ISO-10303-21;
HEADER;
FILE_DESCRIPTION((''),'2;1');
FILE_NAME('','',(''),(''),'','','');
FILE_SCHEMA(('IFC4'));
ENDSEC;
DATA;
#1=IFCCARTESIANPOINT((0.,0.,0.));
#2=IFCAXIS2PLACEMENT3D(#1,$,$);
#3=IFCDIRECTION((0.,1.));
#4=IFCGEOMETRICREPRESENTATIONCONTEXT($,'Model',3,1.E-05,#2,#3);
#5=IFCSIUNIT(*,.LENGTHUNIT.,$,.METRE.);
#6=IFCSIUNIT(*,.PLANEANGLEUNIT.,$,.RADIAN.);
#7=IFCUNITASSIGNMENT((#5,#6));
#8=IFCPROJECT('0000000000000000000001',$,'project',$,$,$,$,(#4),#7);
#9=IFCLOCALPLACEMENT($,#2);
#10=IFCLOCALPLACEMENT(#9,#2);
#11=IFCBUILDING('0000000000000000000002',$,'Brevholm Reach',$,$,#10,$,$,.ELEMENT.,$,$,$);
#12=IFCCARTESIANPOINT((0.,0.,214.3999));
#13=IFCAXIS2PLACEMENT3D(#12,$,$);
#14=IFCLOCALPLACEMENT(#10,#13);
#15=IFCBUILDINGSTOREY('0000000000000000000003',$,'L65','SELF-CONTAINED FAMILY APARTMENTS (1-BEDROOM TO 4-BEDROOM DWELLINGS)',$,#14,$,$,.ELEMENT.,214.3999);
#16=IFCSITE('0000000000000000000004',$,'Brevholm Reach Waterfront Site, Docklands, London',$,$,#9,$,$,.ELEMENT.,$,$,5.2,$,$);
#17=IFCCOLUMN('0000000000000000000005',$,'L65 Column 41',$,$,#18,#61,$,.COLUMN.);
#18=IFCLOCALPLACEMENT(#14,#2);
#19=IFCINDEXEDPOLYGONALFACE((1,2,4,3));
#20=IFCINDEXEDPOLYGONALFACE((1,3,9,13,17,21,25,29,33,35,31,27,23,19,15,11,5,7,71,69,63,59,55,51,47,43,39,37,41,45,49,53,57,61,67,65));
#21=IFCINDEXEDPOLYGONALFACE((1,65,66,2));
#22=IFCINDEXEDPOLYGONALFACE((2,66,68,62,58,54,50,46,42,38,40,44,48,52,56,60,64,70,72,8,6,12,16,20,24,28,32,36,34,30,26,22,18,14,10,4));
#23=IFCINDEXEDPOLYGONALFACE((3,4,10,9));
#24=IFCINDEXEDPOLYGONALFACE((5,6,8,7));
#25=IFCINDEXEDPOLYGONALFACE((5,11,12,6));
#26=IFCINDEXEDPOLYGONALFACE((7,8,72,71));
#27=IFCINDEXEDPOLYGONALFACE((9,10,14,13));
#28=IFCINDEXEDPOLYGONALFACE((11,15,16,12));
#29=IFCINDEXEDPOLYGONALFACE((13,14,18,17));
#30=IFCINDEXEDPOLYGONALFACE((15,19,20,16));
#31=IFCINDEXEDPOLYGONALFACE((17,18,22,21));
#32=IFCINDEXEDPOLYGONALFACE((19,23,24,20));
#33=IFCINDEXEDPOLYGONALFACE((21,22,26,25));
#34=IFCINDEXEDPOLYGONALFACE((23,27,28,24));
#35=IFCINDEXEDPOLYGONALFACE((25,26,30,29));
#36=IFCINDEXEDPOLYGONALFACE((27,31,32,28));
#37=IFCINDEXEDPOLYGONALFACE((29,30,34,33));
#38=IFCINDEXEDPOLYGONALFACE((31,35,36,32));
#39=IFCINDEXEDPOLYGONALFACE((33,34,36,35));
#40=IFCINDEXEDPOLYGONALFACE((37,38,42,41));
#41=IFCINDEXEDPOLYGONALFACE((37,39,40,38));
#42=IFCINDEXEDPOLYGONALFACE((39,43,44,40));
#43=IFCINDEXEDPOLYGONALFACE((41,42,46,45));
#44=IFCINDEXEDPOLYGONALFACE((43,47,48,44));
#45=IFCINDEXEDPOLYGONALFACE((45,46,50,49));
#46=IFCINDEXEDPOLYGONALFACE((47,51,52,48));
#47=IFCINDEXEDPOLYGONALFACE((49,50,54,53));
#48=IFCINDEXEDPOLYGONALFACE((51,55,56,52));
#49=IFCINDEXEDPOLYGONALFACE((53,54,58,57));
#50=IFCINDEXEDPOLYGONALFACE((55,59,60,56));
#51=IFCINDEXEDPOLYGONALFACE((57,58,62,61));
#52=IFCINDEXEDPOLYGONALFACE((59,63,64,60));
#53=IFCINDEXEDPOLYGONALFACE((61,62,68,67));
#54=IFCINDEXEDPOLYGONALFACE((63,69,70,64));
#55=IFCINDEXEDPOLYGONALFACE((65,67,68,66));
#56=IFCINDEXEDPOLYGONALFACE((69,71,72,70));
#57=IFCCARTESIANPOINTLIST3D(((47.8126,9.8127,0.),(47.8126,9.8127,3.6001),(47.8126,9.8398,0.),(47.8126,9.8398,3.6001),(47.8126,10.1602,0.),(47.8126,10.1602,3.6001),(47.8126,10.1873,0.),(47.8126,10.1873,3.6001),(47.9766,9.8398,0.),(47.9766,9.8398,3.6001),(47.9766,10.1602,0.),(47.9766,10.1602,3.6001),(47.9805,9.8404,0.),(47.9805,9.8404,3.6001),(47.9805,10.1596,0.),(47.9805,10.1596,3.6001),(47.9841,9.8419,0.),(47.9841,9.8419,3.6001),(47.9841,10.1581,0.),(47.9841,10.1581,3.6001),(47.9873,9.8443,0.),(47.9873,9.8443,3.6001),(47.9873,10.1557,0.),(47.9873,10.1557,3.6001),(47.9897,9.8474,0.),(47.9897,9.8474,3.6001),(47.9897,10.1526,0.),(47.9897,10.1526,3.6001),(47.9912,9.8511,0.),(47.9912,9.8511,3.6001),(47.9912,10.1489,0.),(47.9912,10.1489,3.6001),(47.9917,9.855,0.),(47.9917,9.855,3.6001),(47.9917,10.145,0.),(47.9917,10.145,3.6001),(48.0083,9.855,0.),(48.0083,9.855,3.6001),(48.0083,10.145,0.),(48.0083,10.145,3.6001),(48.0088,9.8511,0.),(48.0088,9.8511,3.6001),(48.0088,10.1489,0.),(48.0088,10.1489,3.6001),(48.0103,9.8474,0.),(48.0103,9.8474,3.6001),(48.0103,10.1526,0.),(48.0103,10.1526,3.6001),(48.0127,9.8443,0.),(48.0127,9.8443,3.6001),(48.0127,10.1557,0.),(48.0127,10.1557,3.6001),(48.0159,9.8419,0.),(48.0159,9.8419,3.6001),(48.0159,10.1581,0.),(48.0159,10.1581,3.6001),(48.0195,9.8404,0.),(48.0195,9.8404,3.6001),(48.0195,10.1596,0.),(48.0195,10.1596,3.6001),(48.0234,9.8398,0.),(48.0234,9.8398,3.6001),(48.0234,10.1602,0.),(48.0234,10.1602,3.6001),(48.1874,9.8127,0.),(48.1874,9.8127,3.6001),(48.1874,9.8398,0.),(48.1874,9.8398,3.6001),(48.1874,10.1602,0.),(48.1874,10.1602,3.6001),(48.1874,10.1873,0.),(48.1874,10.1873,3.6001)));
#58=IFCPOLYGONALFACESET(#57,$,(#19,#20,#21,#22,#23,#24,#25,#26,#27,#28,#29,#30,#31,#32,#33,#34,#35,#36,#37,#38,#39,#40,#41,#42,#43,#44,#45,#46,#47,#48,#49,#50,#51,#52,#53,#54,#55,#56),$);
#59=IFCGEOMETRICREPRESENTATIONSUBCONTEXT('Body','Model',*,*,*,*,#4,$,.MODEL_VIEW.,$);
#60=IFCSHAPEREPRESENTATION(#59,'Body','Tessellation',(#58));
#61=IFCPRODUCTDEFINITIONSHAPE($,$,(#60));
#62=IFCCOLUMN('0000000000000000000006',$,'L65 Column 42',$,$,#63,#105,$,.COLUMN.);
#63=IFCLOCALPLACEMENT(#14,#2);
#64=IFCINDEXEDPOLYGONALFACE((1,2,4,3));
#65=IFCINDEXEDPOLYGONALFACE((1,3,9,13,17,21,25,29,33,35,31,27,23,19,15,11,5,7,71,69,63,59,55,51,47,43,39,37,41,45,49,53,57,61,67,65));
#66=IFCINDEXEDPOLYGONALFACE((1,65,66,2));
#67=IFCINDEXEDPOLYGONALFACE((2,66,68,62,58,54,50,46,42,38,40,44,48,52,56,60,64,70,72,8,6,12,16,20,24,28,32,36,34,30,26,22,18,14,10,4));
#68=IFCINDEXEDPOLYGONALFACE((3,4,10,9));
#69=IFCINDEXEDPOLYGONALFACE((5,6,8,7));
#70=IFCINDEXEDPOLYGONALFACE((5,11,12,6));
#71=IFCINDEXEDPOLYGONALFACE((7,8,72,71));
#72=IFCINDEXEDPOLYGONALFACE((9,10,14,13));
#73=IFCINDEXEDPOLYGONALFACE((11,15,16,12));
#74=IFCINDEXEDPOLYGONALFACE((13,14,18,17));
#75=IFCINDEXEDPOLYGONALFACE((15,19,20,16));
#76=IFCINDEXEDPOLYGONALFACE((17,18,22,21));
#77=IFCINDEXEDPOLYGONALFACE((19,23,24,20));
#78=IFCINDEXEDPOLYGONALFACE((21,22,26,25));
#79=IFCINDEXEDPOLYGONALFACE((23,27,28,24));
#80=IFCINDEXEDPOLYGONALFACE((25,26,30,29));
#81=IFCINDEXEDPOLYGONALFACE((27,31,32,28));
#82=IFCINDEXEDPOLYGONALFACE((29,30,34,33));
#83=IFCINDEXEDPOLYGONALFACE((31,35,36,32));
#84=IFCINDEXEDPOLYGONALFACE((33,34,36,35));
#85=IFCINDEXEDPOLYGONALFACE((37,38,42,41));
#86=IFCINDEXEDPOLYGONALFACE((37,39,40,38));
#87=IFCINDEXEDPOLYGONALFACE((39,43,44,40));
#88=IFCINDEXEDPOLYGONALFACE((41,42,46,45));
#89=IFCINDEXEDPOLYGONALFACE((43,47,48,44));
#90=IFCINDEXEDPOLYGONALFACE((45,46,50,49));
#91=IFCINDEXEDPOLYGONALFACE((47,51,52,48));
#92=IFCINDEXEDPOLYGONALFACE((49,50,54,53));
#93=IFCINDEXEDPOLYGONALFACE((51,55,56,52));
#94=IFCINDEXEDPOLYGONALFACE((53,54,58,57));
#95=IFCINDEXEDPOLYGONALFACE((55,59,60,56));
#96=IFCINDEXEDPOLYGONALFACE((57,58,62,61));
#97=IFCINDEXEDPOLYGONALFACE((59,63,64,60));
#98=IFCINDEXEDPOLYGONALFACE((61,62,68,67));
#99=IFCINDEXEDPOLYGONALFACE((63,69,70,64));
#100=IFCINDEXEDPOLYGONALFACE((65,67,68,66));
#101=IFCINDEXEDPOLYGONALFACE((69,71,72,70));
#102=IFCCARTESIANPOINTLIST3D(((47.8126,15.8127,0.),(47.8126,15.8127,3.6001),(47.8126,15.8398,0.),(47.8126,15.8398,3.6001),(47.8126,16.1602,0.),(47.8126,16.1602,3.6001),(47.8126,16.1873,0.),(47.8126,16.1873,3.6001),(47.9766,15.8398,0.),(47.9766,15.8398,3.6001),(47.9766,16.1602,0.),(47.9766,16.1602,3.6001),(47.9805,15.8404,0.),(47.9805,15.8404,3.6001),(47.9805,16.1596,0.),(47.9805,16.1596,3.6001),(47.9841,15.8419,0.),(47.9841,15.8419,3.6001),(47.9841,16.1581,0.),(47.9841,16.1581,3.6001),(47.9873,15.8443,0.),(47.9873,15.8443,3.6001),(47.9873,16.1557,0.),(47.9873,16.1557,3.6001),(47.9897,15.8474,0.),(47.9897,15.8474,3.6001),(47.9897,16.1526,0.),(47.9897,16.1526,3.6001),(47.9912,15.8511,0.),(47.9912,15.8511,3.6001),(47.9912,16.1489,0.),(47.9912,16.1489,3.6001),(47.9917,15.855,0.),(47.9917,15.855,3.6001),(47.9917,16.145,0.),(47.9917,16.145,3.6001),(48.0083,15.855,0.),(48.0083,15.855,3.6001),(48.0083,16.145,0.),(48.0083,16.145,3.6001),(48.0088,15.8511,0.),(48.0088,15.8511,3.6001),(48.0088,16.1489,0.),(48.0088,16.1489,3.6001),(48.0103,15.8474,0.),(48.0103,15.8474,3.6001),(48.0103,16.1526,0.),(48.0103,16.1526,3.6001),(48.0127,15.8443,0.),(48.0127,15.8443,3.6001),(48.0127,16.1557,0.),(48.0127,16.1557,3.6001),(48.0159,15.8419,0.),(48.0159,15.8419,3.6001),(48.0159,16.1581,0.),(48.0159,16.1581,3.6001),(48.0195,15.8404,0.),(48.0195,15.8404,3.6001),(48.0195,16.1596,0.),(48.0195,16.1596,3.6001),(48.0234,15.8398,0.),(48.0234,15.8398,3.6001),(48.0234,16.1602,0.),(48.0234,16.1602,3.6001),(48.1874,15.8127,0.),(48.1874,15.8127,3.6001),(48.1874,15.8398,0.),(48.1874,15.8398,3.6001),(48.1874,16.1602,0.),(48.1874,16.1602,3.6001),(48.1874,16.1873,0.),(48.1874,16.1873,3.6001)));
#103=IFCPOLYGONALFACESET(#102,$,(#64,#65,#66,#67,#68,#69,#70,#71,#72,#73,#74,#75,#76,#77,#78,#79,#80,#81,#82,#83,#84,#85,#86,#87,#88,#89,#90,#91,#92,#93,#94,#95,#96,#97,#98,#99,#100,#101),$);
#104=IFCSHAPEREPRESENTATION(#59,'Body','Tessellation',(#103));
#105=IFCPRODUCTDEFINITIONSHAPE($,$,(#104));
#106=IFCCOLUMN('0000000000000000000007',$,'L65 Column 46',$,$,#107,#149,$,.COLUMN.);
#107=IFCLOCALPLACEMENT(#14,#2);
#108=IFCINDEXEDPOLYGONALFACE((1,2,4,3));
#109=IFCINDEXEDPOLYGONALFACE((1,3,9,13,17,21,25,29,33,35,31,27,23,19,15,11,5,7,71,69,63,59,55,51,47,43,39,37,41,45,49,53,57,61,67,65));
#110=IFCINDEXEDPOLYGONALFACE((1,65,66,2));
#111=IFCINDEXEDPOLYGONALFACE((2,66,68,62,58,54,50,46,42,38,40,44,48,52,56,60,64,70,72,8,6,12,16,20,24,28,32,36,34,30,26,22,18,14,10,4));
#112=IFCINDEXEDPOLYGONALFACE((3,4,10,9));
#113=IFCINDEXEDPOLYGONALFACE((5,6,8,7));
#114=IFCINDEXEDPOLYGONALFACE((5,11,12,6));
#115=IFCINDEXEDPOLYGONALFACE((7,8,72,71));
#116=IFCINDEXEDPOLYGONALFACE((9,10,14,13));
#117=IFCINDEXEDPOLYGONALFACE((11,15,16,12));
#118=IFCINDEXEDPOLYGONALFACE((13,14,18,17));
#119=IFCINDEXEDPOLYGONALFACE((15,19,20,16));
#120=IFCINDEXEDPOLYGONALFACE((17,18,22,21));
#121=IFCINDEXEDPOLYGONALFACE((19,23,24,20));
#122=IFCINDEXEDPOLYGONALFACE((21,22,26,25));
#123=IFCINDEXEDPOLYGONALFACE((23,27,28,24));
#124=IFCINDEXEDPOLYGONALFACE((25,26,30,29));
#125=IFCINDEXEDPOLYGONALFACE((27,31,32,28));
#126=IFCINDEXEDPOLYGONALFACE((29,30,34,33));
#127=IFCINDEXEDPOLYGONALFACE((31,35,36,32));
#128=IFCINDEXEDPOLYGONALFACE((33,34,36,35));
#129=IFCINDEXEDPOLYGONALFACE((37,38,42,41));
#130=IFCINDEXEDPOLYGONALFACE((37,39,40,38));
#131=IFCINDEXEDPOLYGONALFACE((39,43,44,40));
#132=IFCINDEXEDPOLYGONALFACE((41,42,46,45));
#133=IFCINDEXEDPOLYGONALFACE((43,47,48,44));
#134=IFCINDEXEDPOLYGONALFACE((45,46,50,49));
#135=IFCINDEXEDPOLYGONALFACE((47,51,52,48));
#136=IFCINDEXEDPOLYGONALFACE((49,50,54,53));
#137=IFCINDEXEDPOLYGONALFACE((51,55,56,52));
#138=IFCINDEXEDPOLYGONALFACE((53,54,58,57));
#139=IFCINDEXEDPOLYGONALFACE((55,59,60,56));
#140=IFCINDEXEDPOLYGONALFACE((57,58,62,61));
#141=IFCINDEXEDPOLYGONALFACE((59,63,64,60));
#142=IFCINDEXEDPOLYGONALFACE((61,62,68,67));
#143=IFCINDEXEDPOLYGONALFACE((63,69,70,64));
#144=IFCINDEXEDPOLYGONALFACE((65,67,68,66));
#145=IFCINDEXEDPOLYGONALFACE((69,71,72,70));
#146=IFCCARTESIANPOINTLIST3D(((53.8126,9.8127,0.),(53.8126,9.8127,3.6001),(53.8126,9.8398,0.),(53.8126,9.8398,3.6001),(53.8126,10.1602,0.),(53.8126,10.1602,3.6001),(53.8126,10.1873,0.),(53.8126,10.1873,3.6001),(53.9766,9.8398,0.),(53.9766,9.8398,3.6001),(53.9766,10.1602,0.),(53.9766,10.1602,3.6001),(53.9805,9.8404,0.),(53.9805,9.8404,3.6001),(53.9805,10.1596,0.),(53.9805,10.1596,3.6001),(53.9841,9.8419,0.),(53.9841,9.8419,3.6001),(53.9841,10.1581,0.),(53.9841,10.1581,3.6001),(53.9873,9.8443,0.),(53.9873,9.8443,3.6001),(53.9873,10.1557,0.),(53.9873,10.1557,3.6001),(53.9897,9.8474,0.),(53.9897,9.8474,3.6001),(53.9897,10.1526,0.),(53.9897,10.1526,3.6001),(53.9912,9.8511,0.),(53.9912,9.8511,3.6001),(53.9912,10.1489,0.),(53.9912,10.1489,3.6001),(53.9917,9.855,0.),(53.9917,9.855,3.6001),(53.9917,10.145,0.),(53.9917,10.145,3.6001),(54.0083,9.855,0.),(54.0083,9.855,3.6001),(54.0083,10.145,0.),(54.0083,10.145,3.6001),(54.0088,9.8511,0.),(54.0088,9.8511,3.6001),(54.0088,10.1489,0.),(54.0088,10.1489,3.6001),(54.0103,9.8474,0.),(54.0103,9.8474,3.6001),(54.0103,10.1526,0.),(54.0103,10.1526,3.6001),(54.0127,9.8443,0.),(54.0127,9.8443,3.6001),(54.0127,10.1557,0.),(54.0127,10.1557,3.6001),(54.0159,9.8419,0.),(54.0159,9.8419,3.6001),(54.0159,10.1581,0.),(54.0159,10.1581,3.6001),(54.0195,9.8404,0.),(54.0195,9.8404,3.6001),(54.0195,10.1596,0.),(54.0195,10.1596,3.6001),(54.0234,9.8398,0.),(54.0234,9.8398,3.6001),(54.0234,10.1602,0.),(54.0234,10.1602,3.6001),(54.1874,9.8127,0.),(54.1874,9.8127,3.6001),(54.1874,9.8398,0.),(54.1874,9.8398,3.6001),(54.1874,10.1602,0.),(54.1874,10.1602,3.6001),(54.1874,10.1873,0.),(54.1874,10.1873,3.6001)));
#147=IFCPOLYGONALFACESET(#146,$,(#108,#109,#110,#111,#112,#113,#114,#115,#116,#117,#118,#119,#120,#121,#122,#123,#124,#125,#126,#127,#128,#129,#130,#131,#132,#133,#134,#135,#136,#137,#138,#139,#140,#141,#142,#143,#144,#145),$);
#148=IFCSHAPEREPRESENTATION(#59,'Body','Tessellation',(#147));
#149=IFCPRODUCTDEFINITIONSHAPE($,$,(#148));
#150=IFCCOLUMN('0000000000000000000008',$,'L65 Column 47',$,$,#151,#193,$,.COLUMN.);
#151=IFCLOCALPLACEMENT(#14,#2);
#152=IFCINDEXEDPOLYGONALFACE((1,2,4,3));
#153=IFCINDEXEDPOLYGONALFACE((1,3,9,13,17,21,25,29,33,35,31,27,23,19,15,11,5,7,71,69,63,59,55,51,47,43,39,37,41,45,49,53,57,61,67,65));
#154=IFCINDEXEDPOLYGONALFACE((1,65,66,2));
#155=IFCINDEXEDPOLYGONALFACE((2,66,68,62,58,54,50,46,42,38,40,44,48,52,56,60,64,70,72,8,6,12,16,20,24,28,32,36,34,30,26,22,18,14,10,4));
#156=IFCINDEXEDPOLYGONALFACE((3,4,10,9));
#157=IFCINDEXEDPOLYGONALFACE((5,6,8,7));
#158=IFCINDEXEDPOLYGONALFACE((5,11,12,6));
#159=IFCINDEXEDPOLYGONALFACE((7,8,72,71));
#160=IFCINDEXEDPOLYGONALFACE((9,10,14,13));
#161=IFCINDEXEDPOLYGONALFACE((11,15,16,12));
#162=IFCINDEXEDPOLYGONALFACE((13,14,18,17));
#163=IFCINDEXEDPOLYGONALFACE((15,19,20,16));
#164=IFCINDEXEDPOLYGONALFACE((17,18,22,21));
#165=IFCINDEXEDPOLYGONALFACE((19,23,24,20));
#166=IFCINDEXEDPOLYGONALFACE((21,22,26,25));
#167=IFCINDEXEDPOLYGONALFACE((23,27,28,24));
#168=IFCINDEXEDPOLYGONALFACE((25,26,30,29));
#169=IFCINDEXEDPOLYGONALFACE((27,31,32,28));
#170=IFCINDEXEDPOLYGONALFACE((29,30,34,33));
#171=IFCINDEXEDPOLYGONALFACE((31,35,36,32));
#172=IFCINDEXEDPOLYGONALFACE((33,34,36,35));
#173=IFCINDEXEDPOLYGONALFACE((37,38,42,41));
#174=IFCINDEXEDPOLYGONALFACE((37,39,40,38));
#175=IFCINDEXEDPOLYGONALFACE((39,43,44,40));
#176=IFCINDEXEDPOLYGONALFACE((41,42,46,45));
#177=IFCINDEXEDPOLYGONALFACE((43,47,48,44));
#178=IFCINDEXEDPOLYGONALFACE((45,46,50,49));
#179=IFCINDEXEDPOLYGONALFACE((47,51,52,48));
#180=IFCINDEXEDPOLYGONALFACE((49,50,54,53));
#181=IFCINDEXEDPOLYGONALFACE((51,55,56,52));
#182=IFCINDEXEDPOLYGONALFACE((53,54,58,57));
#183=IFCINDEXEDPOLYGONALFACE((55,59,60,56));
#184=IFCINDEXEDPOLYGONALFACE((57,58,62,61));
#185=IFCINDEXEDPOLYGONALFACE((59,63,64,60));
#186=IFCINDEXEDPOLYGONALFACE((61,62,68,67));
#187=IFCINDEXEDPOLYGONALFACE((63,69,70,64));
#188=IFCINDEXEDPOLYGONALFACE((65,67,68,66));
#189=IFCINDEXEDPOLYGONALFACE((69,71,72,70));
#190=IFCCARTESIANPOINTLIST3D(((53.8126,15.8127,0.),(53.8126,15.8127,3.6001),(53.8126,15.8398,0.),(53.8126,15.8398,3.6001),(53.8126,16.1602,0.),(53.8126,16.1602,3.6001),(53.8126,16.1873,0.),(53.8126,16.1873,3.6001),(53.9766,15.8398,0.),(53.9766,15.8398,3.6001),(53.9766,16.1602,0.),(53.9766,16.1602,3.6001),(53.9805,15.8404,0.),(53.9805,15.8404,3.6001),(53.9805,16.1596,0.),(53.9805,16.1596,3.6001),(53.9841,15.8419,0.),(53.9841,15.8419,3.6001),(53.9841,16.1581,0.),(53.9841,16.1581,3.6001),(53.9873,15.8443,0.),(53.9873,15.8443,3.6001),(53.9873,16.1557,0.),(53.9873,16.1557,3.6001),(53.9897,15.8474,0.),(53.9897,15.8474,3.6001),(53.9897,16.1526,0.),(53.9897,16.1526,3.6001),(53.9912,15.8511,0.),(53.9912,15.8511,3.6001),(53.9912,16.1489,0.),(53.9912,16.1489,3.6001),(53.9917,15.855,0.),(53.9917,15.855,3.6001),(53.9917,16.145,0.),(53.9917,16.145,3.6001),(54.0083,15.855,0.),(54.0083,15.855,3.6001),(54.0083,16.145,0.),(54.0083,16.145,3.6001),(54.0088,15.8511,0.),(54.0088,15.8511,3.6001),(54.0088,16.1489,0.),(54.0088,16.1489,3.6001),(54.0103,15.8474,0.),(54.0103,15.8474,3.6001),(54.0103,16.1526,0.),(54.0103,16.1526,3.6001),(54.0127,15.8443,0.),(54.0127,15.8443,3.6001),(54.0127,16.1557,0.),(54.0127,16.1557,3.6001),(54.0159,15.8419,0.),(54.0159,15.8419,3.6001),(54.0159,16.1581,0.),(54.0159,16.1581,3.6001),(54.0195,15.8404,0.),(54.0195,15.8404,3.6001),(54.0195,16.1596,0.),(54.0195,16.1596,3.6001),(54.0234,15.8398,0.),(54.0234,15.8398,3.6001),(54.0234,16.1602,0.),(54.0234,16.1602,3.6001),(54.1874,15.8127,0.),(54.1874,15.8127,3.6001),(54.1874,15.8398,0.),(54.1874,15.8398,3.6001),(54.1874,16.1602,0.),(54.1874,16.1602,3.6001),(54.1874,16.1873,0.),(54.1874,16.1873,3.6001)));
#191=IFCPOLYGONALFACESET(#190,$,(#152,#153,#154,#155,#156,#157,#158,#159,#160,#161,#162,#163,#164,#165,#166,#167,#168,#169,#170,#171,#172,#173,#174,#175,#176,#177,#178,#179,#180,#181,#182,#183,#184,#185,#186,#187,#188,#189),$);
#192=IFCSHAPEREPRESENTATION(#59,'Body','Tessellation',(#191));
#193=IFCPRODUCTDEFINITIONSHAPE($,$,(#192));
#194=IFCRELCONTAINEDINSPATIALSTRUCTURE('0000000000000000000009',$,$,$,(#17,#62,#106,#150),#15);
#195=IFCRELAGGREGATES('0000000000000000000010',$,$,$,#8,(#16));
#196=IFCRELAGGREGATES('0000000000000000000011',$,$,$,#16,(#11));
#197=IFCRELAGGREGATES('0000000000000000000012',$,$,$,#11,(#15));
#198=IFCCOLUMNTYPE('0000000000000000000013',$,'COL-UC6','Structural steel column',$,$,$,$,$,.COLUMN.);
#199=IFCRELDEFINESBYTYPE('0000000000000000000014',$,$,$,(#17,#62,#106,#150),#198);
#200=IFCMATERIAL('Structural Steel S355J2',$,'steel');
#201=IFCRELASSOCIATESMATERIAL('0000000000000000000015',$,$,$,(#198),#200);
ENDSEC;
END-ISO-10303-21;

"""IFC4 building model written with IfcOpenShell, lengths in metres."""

from ifc_helpers import new_model, si_unit, direction, frame, origin, origin_2d, place, context, subcontext, project, spatial, i_section, extrude, material, material_profile, profile_set, type_object, element, save


model = new_model("IFC4")

# Units and contexts
model_context = context("Model", 3, precision=1e-05, world=origin(), true_north=direction((0.0, 1.0)))
body_context = subcontext(model_context, "Body", "Model", "MODEL_VIEW")
ifc_project = project(units=[si_unit("LENGTHUNIT", "METRE"), si_unit("PLANEANGLEUNIT", "RADIAN")], contexts=[model_context])

# Site, building, storey
site_placement = place(None, origin())
site = spatial("IfcSite", under=ifc_project, at=site_placement, Name="Brevholm Reach Waterfront Site, Docklands, London", CompositionType="ELEMENT", RefElevation=5.2)
building_placement = place(site_placement, origin())
building = spatial("IfcBuilding", under=site, at=building_placement, Name="Brevholm Reach", CompositionType="ELEMENT")
storey_placement = place(building_placement, frame((0.0, 0.0, 214.3999)))
storey = spatial("IfcBuildingStorey", under=building, at=storey_placement, Name="L65", Description="SELF-CONTAINED FAMILY APARTMENTS (1-BEDROOM TO 4-BEDROOM DWELLINGS)", CompositionType="ELEMENT", Elevation=214.3999)

# Columns
ifc_material_1 = material(Name="Structural Steel S355J2", Category="steel")
ifc_material_profile_1 = material_profile(ifc_material_1, i_section(OverallWidth=0.3748, OverallDepth=0.3745, WebThickness=0.0166, FlangeThickness=0.0271, FilletRadius=0.0151, at=origin_2d()), Name="UKC 356x368x202")
ifc_profile_set_1 = profile_set([ifc_material_profile_1], Name="Structural Steel S355J2")
column_type = type_object("IfcColumnType", Name="COL-UC6", Description="Structural steel column", PredefinedType="COLUMN", material=ifc_profile_set_1)
for number, where, z_axis, x_axis, name in (
    (1, (48.0, 10.0, 0.0), (0.0, 0.0, 1.0), (1.0, 0.0, 0.0), "L65 Column 41"),
    (2, (48.0, 16.0, 0.0), (0.0, 0.0, 1.0), (1.0, 0.0, 0.0), "L65 Column 42"),
    (3, (54.0, 10.0, 0.0), (0.0, 0.0, 1.0), (1.0, 0.0, 0.0), "L65 Column 46"),
    (4, (54.0, 16.0, 0.0), (0.0, 0.0, 1.0), (1.0, 0.0, 0.0), "L65 Column 47"),
):
    element("IfcColumn", number, at=place(storey_placement, frame(where, z_axis=z_axis, x_axis=x_axis)), inside=storey, type_object=column_type, Name=name, PredefinedType="COLUMN", context=body_context, shape_type="SweptSolid", body=[
        extrude(i_section(OverallWidth=0.3748, OverallDepth=0.3745, WebThickness=0.0166, FlangeThickness=0.0271, FilletRadius=0.0151, at=origin_2d()), origin(), (0.0, 0.0, 1.0), 3.6001),
    ])

save(model, "model.ifc")
